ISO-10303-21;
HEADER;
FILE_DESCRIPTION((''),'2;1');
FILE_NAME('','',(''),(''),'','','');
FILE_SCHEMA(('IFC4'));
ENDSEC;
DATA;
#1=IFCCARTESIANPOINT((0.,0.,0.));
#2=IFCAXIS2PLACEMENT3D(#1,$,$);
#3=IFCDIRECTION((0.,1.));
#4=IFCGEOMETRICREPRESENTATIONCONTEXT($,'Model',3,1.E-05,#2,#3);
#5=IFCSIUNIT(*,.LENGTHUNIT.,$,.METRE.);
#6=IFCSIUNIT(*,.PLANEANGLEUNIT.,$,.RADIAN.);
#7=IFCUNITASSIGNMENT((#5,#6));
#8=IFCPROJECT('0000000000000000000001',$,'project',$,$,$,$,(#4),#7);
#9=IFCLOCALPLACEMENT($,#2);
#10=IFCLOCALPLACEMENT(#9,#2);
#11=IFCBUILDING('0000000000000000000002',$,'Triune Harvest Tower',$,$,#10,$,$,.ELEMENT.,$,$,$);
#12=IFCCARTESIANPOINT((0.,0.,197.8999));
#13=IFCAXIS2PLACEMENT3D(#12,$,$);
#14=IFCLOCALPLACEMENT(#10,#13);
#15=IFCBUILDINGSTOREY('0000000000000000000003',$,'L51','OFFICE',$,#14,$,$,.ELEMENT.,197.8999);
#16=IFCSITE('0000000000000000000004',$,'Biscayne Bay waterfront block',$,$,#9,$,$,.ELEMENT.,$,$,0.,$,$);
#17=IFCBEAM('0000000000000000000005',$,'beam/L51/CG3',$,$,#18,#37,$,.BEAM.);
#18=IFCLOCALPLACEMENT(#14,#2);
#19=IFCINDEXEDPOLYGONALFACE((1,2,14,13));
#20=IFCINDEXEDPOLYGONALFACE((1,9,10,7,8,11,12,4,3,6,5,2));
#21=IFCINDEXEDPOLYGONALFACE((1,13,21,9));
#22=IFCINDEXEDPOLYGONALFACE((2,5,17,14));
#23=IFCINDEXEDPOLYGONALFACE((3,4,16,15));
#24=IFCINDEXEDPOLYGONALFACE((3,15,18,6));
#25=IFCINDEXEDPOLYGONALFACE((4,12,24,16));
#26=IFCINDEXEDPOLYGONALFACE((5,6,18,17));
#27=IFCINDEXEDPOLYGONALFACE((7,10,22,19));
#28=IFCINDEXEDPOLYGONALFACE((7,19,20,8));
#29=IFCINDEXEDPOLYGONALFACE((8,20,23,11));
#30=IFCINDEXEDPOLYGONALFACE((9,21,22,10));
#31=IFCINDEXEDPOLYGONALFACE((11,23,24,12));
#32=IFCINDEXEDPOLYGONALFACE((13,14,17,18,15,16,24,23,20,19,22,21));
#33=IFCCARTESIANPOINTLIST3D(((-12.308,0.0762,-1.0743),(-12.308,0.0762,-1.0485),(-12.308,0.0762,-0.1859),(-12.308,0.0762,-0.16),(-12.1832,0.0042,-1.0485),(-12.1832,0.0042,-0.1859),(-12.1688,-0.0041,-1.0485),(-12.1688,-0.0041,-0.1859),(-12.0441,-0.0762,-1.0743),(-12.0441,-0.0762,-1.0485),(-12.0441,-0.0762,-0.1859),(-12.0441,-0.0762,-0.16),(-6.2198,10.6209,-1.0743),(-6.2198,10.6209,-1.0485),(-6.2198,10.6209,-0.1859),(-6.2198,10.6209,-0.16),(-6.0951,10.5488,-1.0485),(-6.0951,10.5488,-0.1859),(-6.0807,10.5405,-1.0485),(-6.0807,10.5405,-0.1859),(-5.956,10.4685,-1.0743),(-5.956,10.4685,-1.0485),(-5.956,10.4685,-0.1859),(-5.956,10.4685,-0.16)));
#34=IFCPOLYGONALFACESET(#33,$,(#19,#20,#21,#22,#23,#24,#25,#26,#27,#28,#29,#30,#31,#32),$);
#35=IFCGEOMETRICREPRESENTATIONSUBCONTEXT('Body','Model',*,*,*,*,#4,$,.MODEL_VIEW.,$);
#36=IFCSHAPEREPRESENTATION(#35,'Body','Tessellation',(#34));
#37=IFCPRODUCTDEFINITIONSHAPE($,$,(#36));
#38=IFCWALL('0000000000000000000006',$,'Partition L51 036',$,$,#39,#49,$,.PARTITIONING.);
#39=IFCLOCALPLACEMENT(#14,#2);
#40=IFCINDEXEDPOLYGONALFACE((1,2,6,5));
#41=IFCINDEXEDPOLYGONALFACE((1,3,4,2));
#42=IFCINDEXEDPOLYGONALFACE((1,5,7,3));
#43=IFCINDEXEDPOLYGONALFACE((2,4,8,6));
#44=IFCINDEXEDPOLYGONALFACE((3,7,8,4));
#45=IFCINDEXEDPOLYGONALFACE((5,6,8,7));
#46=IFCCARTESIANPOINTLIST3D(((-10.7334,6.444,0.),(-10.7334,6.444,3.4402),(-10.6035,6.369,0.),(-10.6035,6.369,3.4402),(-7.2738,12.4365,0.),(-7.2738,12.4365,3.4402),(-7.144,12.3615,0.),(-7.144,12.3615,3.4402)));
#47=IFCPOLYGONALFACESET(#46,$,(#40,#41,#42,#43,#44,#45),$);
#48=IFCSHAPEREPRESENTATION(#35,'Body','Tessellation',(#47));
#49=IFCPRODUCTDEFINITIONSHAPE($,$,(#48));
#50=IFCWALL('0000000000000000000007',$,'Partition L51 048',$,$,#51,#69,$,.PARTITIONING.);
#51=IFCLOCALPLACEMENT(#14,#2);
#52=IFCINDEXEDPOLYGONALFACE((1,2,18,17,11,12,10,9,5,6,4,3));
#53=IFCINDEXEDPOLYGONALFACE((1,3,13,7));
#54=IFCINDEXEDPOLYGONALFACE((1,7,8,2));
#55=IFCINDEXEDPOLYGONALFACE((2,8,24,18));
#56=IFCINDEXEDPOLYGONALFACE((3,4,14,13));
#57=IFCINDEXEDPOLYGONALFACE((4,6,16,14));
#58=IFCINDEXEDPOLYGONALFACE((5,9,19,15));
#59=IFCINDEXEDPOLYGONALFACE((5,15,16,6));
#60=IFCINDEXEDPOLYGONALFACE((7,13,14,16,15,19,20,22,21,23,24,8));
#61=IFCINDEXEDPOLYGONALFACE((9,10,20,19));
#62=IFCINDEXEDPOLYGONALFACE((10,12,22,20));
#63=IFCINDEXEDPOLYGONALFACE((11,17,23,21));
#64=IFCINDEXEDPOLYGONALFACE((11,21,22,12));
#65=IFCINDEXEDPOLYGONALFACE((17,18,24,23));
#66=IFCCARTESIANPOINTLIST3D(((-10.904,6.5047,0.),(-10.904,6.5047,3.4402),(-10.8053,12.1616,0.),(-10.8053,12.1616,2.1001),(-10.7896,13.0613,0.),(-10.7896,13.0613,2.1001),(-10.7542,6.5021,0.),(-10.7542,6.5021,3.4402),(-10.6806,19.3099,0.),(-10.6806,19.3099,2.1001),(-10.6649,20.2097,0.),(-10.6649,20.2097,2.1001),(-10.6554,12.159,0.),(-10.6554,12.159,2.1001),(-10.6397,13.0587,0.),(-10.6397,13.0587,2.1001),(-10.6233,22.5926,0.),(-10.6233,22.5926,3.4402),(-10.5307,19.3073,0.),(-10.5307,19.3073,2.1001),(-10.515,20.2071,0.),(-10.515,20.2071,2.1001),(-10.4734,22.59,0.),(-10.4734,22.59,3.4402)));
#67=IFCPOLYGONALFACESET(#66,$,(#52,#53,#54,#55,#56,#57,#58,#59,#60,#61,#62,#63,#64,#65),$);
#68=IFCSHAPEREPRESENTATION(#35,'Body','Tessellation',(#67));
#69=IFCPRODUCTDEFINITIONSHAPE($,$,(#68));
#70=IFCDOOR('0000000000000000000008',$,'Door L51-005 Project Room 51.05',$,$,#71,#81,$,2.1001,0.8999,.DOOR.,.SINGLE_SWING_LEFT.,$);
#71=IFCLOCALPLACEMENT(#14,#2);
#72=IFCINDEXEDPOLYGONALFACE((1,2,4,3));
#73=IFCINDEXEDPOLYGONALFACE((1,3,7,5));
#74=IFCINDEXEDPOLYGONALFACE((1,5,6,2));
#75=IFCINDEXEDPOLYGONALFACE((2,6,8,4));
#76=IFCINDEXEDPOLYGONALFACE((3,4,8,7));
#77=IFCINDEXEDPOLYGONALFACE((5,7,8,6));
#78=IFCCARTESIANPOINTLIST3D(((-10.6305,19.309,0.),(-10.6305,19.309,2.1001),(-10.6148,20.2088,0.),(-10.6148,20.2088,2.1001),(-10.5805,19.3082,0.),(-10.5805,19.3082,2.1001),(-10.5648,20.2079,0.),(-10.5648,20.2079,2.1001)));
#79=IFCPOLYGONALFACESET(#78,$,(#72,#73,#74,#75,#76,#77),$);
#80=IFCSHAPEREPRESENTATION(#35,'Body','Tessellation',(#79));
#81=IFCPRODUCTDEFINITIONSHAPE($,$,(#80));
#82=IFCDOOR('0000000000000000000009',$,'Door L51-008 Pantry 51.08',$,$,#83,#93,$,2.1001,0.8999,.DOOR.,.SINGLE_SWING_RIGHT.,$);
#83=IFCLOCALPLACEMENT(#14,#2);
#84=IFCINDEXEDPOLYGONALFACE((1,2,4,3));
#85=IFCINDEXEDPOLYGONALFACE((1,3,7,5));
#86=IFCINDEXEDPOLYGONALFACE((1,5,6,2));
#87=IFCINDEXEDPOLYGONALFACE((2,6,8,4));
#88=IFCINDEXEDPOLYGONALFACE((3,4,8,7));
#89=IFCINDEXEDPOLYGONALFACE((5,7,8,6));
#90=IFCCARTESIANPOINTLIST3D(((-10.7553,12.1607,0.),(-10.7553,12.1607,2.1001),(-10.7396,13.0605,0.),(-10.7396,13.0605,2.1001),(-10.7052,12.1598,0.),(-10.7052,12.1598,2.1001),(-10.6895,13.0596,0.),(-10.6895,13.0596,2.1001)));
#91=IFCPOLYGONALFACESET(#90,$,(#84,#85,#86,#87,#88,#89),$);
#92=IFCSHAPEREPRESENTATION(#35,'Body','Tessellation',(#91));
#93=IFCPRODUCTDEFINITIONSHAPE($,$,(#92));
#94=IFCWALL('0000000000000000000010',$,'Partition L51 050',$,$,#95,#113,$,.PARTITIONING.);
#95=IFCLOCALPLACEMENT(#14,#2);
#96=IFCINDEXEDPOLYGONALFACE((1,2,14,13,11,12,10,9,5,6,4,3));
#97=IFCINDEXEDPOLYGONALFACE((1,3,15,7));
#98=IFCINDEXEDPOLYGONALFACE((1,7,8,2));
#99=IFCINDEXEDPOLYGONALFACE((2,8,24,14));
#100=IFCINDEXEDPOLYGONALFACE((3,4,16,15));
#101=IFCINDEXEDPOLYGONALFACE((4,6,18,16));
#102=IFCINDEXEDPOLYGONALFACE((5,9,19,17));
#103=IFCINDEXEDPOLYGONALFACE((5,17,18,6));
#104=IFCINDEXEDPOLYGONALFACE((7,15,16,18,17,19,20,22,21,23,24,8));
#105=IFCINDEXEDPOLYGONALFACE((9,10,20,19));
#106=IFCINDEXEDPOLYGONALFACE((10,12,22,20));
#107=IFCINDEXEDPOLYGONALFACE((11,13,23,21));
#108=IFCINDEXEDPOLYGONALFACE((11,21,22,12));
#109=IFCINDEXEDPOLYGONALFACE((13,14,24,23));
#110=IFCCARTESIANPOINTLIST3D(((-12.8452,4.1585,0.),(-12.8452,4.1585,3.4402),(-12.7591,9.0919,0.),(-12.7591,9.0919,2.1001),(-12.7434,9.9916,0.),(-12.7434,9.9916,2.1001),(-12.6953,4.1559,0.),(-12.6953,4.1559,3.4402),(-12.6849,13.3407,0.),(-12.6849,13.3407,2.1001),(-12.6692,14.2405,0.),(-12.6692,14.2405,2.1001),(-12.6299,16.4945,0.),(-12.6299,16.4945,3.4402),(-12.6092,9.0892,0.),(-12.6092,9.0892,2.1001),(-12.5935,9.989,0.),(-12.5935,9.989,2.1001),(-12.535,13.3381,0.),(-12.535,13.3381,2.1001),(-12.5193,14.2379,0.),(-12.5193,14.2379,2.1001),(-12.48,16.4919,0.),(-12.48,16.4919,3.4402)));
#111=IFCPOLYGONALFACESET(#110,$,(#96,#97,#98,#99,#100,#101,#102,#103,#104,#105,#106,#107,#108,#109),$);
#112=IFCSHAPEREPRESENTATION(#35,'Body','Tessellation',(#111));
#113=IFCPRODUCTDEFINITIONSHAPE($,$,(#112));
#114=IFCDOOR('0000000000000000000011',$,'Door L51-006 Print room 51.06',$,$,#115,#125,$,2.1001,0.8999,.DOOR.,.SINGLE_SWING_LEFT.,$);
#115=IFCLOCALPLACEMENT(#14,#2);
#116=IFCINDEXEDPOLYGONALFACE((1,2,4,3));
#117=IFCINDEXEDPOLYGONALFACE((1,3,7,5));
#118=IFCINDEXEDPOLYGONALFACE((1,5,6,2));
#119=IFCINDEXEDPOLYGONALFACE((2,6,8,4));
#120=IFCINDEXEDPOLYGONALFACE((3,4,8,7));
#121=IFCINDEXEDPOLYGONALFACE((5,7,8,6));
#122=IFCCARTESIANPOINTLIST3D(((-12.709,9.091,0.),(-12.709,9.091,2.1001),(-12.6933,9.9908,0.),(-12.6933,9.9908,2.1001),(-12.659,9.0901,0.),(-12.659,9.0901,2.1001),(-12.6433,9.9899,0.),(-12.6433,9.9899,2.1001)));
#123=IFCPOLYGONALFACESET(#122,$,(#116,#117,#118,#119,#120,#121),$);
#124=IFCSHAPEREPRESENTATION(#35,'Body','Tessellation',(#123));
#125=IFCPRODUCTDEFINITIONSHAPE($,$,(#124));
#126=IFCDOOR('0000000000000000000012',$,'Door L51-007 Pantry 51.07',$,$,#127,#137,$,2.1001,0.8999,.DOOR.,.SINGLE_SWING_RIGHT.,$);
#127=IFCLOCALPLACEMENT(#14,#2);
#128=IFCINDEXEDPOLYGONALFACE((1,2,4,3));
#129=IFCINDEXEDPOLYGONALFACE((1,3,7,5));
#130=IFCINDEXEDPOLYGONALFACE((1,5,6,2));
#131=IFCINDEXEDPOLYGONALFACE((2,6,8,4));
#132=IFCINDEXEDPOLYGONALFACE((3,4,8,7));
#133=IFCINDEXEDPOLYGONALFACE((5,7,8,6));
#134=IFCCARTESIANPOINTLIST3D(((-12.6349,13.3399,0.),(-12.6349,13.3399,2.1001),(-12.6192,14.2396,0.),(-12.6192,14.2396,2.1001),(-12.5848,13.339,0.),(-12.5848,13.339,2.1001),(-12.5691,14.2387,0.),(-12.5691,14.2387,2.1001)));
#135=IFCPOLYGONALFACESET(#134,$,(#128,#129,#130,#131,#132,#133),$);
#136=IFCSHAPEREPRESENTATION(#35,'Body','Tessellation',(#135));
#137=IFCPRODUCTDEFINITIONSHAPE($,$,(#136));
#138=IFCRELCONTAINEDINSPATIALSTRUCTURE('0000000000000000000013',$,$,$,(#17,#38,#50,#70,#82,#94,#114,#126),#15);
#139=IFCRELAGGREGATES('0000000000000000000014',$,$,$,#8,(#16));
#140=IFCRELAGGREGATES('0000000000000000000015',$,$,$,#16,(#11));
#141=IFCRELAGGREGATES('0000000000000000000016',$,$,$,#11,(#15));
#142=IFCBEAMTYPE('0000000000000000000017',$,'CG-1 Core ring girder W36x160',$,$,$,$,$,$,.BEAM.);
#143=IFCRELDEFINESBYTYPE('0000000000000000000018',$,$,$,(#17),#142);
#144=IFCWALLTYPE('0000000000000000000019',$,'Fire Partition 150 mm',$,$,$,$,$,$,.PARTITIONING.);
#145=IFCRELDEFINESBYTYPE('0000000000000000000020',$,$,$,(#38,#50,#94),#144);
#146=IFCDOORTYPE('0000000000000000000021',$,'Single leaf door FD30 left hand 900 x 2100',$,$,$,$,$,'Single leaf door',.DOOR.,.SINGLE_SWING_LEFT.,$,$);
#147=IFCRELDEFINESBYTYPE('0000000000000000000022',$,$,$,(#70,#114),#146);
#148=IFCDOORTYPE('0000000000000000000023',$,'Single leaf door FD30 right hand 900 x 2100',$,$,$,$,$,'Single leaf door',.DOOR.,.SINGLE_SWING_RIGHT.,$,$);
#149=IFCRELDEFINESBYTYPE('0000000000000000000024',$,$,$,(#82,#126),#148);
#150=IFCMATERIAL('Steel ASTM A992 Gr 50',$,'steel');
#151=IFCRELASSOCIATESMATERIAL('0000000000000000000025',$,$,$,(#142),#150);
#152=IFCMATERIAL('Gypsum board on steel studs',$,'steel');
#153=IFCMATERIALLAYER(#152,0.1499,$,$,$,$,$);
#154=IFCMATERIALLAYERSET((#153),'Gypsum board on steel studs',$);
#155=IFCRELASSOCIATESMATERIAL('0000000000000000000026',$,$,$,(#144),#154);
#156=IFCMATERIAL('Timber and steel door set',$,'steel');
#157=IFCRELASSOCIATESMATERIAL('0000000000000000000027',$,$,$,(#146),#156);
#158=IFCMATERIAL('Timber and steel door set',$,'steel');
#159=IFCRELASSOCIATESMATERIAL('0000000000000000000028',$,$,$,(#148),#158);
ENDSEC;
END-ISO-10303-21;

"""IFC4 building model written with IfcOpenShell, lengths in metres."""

from ifc_helpers import new_model, si_unit, direction, frame, frame_2d, origin, origin_2d, place, context, subcontext, project, spatial, rectangle, i_section, extrude, source, transform, mapped, material, layer, layer_set, material_profile, profile_set, type_object, element, fill, save


model = new_model("IFC4")

# Units and contexts
model_context = context("Model", 3, precision=1e-05, world=origin(), true_north=direction((0.0, 1.0)))
body_context = subcontext(model_context, "Body", "Model", "MODEL_VIEW")
ifc_project = project(units=[si_unit("LENGTHUNIT", "METRE"), si_unit("PLANEANGLEUNIT", "RADIAN")], contexts=[model_context])

# Site, building, storey
site_placement = place(None, origin())
site = spatial("IfcSite", under=ifc_project, at=site_placement, Name="Biscayne Bay waterfront block", CompositionType="ELEMENT", RefElevation=0.0)
building_placement = place(site_placement, origin())
building = spatial("IfcBuilding", under=site, at=building_placement, Name="Triune Harvest Tower", CompositionType="ELEMENT")
storey_placement = place(building_placement, frame((0.0, 0.0, 197.8999)))
storey = spatial("IfcBuildingStorey", under=building, at=storey_placement, Name="L51", Description="OFFICE", CompositionType="ELEMENT", Elevation=197.8999)

# Beam
ifc_material_1 = material(Name="Steel ASTM A992 Gr 50", Category="steel")
ifc_material_profile = material_profile(ifc_material_1, i_section(OverallWidth=0.3047, OverallDepth=0.9143, WebThickness=0.0166, FlangeThickness=0.0259, at=origin_2d()), Name="W36x160")
ifc_profile_set = profile_set([ifc_material_profile], Name="Steel ASTM A992 Gr 50")
beam_type = type_object("IfcBeamType", Name="CG-1 Core ring girder W36x160", PredefinedType="BEAM", material=ifc_profile_set)
shared_shape_1 = source(origin(), body_context, "Body", "SweptSolid", [
    extrude(i_section(OverallWidth=0.3047, OverallDepth=0.9143, WebThickness=0.0166, FlangeThickness=0.0259, at=origin_2d()), origin(), (0.0, 0.0, 1.0), 12.176),
])
beam_placement = place(storey_placement, frame((-6.0879, 10.5447, -0.6172), z_axis=(-0.50001, -0.86602, 0.0), x_axis=(0.86602, -0.50001, 0.0)))
element("IfcBeam", 1, at=beam_placement, inside=storey, type_object=beam_type, Name="beam/L51/CG3", PredefinedType="BEAM", context=body_context, shape_type="MappedRepresentation", body=[
    mapped(shared_shape_1, transform((0.0, 0.0, 0.0), scale=1.0)),
])

# Wall
ifc_material_2 = material(Name="Gypsum board on steel studs", Category="steel")
ifc_layer_1 = layer(ifc_material_2, 0.1499)
ifc_layer_set_1 = layer_set([ifc_layer_1], Name="Gypsum board on steel studs")
wall_type_1 = type_object("IfcWallType", Name="Fire Partition 150 mm", PredefinedType="PARTITIONING", material=ifc_layer_set_1)
wall_1_placement = place(storey_placement, frame((-10.6685, 6.4065, 0.0), z_axis=(0.0, 0.0, 1.0), x_axis=(0.499972, 0.866042, 0.0)))
element("IfcWall", 2, at=wall_1_placement, inside=storey, type_object=wall_type_1, Name="Partition L51 036", PredefinedType="PARTITIONING", context=body_context, shape_type="SweptSolid", body=[
    extrude(rectangle(XDim=6.9194, YDim=0.1499, at=frame_2d((3.4597, 0.0))), origin(), (0.0, 0.0, 1.0), 3.4402),
])

# Walls, openings, doors
wall_2_placement = place(storey_placement, frame((-10.8291, 6.5034, 0.0), z_axis=(0.0, 0.0, 1.0), x_axis=(0.017449, 0.999848, 0.0)))
wall_2 = element("IfcWall", 3, at=wall_2_placement, inside=storey, type_object=wall_type_1, Name="Partition L51 048", PredefinedType="PARTITIONING", context=body_context, shape_type="SweptSolid", body=[
    extrude(rectangle(XDim=16.0903, YDim=0.1499, at=frame_2d((8.0452, 0.0))), origin(), (0.0, 0.0, 1.0), 3.4402),
])
opening_1_placement = place(wall_2_placement, frame((12.8071, 0.0, 0.0)))
opening_1 = element("IfcOpeningElement", 4, at=opening_1_placement, cuts=wall_2, PredefinedType="OPENING", context=body_context, shape_type="SweptSolid", body=[
    extrude(rectangle(XDim=0.8999, YDim=2.1001, at=frame_2d((0.45, 1.05))), frame((0.0, 0.085, 0.0), z_axis=(0.0, -1.0, 0.0), x_axis=(1.0, 0.0, 0.0)), (0.0, 0.0, 1.0), 0.1699),
])
opening_2_placement = place(wall_2_placement, frame((5.6577, 0.0, 0.0)))
opening_2 = element("IfcOpeningElement", 5, at=opening_2_placement, cuts=wall_2, PredefinedType="OPENING", context=body_context, shape_type="SweptSolid", body=[
    extrude(rectangle(XDim=0.8999, YDim=2.1001, at=frame_2d((0.45, 1.05))), frame((0.0, 0.085, 0.0), z_axis=(0.0, -1.0, 0.0), x_axis=(1.0, 0.0, 0.0)), (0.0, 0.0, 1.0), 0.1699),
])
ifc_material_3 = material(Name="Timber and steel door set", Category="steel")
door_type_1 = type_object("IfcDoorType", Name="Single leaf door FD30 left hand 900 x 2100", ElementType="Single leaf door", OperationType="SINGLE_SWING_LEFT", PredefinedType="DOOR", material=ifc_material_3)
door_1_placement = place(opening_1_placement, origin())
door_1 = element("IfcDoor", 6, at=door_1_placement, inside=storey, type_object=door_type_1, Name="Door L51-005 Project Room 51.05", OperationType="SINGLE_SWING_LEFT", OverallHeight=2.1001, OverallWidth=0.8999, PredefinedType="DOOR", context=body_context, shape_type="SweptSolid", body=[
    extrude(rectangle(XDim=0.8999, YDim=2.1001, at=frame_2d((0.45, 1.05))), frame((0.0, 0.0249, 0.0), z_axis=(0.0, -1.0, 0.0), x_axis=(1.0, 0.0, 0.0)), (0.0, 0.0, 1.0), 0.05),
])
fill(opening_1, door_1)
ifc_material_4 = material(Name="Timber and steel door set", Category="steel")
door_type_2 = type_object("IfcDoorType", Name="Single leaf door FD30 right hand 900 x 2100", ElementType="Single leaf door", OperationType="SINGLE_SWING_RIGHT", PredefinedType="DOOR", material=ifc_material_4)
door_2_placement = place(opening_2_placement, origin())
door_2 = element("IfcDoor", 7, at=door_2_placement, inside=storey, type_object=door_type_2, Name="Door L51-008 Pantry 51.08", OperationType="SINGLE_SWING_RIGHT", OverallHeight=2.1001, OverallWidth=0.8999, PredefinedType="DOOR", context=body_context, shape_type="SweptSolid", body=[
    extrude(rectangle(XDim=0.8999, YDim=2.1001, at=frame_2d((0.45, 1.05))), frame((0.0, 0.0249, 0.0), z_axis=(0.0, -1.0, 0.0), x_axis=(1.0, 0.0, 0.0)), (0.0, 0.0, 1.0), 0.05),
])
fill(opening_2, door_2)
wall_3_placement = place(storey_placement, frame((-12.7703, 4.1572, 0.0), z_axis=(0.0, 0.0, 1.0), x_axis=(0.017453, 0.999848, 0.0)))
wall_3 = element("IfcWall", 8, at=wall_3_placement, inside=storey, type_object=wall_type_1, Name="Partition L51 050", PredefinedType="PARTITIONING", context=body_context, shape_type="SweptSolid", body=[
    extrude(rectangle(XDim=12.3379, YDim=0.1499, at=frame_2d((6.1689, 0.0))), origin(), (0.0, 0.0, 1.0), 3.4402),
])
opening_3_placement = place(wall_3_placement, frame((4.9341, 0.0, 0.0)))
opening_3 = element("IfcOpeningElement", 9, at=opening_3_placement, cuts=wall_3, PredefinedType="OPENING", context=body_context, shape_type="SweptSolid", body=[
    extrude(rectangle(XDim=0.8999, YDim=2.1001, at=frame_2d((0.45, 1.05))), frame((0.0, 0.085, 0.0), z_axis=(0.0, -1.0, 0.0), x_axis=(1.0, 0.0, 0.0)), (0.0, 0.0, 1.0), 0.1699),
])
opening_4_placement = place(wall_3_placement, frame((9.1836, 0.0, 0.0)))
opening_4 = element("IfcOpeningElement", 10, at=opening_4_placement, cuts=wall_3, PredefinedType="OPENING", context=body_context, shape_type="SweptSolid", body=[
    extrude(rectangle(XDim=0.8999, YDim=2.1001, at=frame_2d((0.45, 1.05))), frame((0.0, 0.085, 0.0), z_axis=(0.0, -1.0, 0.0), x_axis=(1.0, 0.0, 0.0)), (0.0, 0.0, 1.0), 0.1699),
])
door_3_placement = place(opening_3_placement, origin())
door_3 = element("IfcDoor", 11, at=door_3_placement, inside=storey, type_object=door_type_1, Name="Door L51-006 Print room 51.06", OperationType="SINGLE_SWING_LEFT", OverallHeight=2.1001, OverallWidth=0.8999, PredefinedType="DOOR", context=body_context, shape_type="SweptSolid", body=[
    extrude(rectangle(XDim=0.8999, YDim=2.1001, at=frame_2d((0.45, 1.05))), frame((0.0, 0.0249, 0.0), z_axis=(0.0, -1.0, 0.0), x_axis=(1.0, 0.0, 0.0)), (0.0, 0.0, 1.0), 0.05),
])
fill(opening_3, door_3)
door_4_placement = place(opening_4_placement, origin())
door_4 = element("IfcDoor", 12, at=door_4_placement, inside=storey, type_object=door_type_2, Name="Door L51-007 Pantry 51.07", OperationType="SINGLE_SWING_RIGHT", OverallHeight=2.1001, OverallWidth=0.8999, PredefinedType="DOOR", context=body_context, shape_type="SweptSolid", body=[
    extrude(rectangle(XDim=0.8999, YDim=2.1001, at=frame_2d((0.45, 1.05))), frame((0.0, 0.0249, 0.0), z_axis=(0.0, -1.0, 0.0), x_axis=(1.0, 0.0, 0.0)), (0.0, 0.0, 1.0), 0.05),
])
fill(opening_4, door_4)

save(model, "model.ifc")
